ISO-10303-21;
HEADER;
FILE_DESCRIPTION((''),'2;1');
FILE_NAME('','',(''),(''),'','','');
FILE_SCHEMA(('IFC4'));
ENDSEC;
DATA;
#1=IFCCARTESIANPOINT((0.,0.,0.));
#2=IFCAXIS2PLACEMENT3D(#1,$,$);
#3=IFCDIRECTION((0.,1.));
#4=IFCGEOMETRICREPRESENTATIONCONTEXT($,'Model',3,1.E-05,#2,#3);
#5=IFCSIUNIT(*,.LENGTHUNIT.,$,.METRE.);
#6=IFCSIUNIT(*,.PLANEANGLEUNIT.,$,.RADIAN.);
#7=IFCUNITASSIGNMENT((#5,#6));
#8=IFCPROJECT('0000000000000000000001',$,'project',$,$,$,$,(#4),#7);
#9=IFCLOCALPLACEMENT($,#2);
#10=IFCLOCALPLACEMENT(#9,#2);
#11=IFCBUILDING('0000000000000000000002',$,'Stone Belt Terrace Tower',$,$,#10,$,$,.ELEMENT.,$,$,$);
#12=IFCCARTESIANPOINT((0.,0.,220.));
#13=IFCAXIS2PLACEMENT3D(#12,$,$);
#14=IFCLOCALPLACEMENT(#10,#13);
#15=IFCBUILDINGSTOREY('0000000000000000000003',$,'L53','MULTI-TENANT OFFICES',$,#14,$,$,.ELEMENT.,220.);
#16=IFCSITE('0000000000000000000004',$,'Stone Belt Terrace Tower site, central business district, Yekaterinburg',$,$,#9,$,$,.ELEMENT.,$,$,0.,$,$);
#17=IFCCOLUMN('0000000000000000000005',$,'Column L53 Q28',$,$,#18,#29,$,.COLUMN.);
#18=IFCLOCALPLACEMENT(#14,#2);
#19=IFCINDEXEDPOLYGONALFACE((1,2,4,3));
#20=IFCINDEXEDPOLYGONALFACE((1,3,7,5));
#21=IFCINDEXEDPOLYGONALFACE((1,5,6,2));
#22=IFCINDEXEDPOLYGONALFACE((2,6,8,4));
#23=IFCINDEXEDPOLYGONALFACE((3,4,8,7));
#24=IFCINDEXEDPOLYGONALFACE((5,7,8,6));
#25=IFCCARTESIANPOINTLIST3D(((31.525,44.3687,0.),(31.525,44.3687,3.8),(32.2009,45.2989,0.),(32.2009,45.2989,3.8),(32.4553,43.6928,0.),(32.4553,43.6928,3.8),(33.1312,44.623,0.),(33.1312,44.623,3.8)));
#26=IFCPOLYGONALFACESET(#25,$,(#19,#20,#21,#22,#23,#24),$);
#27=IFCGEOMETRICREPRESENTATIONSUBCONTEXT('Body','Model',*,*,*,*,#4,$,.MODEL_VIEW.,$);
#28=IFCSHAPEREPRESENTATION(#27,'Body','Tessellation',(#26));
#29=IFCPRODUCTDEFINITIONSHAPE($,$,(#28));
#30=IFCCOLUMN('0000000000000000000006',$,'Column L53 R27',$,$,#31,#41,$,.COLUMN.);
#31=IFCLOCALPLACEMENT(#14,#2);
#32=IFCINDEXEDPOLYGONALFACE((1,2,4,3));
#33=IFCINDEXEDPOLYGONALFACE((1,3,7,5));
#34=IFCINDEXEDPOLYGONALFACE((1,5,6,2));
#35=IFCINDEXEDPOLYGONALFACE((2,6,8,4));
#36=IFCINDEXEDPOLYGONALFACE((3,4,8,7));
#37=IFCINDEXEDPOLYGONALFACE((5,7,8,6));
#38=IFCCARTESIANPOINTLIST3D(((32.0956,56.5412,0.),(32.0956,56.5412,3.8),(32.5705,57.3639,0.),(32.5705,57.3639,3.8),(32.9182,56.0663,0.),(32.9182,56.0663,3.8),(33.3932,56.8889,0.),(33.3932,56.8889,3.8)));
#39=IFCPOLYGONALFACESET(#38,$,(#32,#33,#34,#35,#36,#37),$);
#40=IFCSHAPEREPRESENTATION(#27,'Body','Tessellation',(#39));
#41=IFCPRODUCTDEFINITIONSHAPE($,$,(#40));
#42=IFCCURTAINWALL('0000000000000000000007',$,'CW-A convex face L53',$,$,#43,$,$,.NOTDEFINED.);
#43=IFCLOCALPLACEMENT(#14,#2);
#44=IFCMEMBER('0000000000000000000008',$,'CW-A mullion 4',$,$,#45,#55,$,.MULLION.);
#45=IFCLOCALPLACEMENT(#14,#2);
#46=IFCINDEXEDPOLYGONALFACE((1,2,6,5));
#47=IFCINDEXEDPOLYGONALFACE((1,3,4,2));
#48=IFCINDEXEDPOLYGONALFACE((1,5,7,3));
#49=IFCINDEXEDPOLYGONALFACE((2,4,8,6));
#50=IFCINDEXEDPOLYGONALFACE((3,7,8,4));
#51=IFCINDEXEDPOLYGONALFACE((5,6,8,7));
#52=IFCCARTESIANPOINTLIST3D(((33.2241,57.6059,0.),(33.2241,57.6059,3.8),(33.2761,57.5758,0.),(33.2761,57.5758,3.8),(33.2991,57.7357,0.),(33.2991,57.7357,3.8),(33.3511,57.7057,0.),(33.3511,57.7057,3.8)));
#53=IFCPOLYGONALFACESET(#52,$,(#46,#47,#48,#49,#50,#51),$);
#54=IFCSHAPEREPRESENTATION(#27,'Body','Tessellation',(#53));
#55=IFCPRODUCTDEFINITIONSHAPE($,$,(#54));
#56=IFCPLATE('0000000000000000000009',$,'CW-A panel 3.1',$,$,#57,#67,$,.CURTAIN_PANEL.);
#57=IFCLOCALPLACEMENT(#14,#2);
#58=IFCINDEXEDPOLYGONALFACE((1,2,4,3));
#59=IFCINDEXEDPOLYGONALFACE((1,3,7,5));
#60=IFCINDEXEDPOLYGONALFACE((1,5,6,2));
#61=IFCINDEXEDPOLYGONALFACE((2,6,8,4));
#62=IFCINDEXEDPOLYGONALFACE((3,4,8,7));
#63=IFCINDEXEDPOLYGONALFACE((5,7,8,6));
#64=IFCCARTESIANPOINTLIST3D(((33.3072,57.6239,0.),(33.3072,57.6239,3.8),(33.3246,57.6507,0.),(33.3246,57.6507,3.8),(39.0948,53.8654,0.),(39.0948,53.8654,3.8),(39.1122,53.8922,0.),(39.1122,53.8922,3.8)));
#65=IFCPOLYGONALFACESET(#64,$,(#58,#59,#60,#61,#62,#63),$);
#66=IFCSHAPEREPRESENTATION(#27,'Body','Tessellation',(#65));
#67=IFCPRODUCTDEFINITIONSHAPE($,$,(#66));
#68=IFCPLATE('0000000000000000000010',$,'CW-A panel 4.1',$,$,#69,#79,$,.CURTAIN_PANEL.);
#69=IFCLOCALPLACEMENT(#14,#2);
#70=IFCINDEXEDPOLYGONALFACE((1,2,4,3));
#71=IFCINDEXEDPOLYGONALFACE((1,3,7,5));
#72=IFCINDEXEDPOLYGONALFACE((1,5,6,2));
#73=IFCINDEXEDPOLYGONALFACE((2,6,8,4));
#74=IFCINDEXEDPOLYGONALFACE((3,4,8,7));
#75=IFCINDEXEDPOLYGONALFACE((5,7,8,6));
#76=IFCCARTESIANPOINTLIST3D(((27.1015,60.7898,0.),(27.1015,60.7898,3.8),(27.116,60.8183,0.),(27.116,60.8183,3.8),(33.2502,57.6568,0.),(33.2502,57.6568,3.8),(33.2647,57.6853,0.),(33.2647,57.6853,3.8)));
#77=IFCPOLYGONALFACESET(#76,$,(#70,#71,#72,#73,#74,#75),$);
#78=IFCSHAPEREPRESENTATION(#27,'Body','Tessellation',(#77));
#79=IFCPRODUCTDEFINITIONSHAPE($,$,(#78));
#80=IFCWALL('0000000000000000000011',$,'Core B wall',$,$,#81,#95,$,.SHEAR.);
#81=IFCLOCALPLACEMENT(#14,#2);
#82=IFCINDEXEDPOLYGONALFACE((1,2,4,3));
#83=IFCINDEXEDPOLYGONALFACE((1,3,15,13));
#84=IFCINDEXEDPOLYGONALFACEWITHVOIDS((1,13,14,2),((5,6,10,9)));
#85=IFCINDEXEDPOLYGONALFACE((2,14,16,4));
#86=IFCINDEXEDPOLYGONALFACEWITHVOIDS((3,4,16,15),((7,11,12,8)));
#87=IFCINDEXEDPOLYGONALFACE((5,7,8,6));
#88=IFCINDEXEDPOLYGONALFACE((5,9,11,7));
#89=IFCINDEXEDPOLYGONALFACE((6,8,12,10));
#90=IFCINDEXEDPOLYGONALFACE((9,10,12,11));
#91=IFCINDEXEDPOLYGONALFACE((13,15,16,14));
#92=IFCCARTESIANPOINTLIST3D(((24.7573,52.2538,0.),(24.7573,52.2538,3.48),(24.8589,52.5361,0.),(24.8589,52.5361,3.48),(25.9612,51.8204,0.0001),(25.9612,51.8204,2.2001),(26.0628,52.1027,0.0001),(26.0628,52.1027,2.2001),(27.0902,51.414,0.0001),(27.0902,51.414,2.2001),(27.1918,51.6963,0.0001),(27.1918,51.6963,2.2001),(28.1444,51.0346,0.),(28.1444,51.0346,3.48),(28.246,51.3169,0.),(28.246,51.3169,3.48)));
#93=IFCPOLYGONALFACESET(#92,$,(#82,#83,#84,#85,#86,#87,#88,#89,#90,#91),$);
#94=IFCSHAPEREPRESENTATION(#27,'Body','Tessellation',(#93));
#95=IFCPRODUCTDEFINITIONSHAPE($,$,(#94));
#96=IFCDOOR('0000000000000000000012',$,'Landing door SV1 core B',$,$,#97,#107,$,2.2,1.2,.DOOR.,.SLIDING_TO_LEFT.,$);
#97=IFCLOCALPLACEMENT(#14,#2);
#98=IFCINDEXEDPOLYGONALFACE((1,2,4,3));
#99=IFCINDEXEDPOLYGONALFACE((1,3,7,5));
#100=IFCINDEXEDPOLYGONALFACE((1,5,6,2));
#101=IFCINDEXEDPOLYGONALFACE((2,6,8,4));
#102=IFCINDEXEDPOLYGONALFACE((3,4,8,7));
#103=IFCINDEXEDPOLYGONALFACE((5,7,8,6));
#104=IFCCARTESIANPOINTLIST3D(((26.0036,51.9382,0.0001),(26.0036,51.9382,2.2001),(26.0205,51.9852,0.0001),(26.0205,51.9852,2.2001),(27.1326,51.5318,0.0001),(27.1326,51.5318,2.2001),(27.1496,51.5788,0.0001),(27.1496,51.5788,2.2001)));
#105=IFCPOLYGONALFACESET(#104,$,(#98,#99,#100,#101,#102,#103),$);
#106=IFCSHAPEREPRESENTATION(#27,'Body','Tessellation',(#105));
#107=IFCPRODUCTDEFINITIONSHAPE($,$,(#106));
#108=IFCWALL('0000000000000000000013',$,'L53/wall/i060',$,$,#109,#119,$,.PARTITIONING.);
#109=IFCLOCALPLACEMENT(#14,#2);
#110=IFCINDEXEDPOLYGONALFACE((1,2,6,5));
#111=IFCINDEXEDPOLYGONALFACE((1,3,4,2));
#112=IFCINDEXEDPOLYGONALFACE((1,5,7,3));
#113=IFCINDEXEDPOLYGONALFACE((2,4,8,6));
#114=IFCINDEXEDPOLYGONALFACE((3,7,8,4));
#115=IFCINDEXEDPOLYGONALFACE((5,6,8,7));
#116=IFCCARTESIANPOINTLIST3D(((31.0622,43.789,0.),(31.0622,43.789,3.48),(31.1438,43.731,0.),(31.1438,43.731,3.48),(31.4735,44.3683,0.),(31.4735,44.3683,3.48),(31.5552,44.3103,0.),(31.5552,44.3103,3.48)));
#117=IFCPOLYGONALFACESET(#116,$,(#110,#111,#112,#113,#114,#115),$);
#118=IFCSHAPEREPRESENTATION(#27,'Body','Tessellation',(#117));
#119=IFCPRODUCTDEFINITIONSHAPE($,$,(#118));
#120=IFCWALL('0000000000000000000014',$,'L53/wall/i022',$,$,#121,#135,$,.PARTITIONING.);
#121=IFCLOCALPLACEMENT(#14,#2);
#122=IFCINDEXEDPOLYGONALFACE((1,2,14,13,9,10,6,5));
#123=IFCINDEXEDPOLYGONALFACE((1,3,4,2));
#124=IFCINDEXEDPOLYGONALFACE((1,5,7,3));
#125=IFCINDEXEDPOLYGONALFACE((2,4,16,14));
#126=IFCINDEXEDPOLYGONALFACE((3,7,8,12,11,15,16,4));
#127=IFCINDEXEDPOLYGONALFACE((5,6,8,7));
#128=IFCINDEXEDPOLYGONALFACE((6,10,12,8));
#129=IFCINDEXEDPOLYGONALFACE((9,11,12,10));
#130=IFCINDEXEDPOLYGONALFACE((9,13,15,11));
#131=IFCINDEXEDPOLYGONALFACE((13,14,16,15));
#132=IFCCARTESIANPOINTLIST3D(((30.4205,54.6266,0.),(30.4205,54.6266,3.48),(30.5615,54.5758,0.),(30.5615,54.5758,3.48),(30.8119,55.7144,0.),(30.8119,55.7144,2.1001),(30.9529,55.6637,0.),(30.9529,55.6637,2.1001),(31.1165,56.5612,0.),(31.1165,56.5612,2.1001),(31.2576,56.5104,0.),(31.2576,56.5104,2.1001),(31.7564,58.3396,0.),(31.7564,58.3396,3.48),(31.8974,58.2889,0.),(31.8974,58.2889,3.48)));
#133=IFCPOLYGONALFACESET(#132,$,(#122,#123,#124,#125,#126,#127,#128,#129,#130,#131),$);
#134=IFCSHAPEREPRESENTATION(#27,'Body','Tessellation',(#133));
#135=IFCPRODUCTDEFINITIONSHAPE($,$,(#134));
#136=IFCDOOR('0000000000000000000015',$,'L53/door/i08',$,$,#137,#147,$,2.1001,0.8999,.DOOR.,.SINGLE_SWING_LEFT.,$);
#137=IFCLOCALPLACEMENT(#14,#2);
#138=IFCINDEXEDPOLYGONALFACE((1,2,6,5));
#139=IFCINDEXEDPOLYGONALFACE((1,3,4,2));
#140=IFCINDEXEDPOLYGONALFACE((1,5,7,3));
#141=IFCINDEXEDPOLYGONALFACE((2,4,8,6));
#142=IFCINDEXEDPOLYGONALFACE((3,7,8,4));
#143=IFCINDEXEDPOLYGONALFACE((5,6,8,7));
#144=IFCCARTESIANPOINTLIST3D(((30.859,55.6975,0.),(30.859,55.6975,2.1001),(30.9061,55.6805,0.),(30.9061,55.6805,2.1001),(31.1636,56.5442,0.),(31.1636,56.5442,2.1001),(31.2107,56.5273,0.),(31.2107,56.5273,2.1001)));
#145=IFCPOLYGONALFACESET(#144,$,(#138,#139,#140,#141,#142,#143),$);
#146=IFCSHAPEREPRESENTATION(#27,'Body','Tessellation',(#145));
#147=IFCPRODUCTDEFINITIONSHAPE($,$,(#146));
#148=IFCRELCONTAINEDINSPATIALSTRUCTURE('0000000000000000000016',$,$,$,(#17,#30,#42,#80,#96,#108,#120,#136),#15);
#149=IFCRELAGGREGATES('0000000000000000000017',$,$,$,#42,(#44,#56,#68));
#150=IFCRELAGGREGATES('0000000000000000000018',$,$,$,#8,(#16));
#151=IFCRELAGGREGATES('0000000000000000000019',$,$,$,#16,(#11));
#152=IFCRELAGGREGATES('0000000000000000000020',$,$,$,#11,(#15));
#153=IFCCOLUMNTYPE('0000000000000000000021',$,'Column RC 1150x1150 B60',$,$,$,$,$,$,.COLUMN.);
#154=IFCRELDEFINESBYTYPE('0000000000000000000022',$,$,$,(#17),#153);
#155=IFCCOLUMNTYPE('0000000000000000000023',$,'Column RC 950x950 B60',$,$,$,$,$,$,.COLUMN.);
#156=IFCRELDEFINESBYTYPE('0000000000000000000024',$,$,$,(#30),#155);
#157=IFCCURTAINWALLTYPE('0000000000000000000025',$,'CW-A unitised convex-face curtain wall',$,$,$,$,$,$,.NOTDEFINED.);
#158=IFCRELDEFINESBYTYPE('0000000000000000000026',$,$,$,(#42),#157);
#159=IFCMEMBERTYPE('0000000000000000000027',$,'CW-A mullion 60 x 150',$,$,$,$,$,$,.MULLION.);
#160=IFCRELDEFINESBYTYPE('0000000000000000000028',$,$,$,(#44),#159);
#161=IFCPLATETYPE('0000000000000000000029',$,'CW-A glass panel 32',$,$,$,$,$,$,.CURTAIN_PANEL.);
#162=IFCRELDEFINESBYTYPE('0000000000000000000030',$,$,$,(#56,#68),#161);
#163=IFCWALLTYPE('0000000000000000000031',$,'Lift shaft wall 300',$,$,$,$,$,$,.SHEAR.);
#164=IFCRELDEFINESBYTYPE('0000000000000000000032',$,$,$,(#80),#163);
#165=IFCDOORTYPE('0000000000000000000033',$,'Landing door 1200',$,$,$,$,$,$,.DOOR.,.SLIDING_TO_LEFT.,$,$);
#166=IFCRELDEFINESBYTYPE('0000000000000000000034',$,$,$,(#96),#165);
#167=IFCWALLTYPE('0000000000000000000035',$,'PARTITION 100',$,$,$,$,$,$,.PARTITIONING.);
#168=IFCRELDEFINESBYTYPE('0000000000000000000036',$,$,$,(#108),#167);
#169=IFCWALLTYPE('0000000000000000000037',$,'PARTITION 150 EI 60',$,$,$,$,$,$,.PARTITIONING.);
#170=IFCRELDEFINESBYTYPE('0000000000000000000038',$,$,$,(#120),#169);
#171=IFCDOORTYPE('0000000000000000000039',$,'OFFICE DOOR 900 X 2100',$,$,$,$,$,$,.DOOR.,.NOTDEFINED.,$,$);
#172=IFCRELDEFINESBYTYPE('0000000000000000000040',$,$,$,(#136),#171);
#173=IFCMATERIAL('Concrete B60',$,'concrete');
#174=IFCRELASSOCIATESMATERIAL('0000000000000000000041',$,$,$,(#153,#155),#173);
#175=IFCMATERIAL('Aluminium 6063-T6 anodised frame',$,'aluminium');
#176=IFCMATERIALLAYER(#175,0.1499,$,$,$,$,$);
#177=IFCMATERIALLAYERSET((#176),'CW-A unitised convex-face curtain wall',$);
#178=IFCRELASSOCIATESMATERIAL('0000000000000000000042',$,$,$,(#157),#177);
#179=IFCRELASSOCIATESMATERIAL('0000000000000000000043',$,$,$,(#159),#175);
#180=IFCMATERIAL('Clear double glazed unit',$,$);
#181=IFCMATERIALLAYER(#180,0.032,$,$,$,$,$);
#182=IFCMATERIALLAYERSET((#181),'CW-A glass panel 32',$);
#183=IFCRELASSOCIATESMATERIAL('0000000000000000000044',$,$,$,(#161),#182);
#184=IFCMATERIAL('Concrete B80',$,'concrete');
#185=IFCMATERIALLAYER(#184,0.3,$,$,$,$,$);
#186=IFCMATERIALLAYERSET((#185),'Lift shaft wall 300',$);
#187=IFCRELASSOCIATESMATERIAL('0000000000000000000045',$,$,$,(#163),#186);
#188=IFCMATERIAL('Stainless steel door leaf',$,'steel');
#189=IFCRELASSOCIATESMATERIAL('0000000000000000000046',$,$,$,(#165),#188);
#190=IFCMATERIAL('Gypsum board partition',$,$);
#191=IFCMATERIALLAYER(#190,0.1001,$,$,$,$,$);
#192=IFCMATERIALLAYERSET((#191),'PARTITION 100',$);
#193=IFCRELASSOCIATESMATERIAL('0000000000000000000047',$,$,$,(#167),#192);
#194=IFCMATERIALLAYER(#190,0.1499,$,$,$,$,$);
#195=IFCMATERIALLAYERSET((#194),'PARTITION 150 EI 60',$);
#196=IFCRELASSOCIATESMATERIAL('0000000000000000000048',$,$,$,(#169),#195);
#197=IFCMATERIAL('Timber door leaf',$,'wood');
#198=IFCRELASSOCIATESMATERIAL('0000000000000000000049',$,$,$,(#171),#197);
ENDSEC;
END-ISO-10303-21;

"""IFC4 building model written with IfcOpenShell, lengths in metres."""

from ifc_helpers import new_model, si_unit, direction, frame, frame_2d, origin, origin_2d, place, context, subcontext, project, spatial, rectangle, extrude, material, layer, layer_set, material_profile, profile_set, type_object, element, fill, aggregate, save


model = new_model("IFC4")

# Units and contexts
model_context = context("Model", 3, precision=1e-05, world=origin(), true_north=direction((0.0, 1.0)))
body_context = subcontext(model_context, "Body", "Model", "MODEL_VIEW")
ifc_project = project(units=[si_unit("LENGTHUNIT", "METRE"), si_unit("PLANEANGLEUNIT", "RADIAN")], contexts=[model_context])

# Site, building, storey
site_placement = place(None, origin())
site = spatial("IfcSite", under=ifc_project, at=site_placement, Name="Stone Belt Terrace Tower site, central business district, Yekaterinburg", CompositionType="ELEMENT", RefElevation=0.0)
building_placement = place(site_placement, origin())
building = spatial("IfcBuilding", under=site, at=building_placement, Name="Stone Belt Terrace Tower", CompositionType="ELEMENT")
storey_placement = place(building_placement, frame((0.0, 0.0, 220.0)))
storey = spatial("IfcBuildingStorey", under=building, at=storey_placement, Name="L53", Description="MULTI-TENANT OFFICES", CompositionType="ELEMENT", Elevation=220.0)

# Columns
ifc_material_1 = material(Name="Concrete B60", Category="concrete")
ifc_material_profile_1 = material_profile(ifc_material_1, rectangle(XDim=1.1499, YDim=1.1499, at=origin_2d()), Name="RC 1150x1150")
ifc_profile_set_1 = profile_set([ifc_material_profile_1], Name="Concrete B60")
column_type_1 = type_object("IfcColumnType", Name="Column RC 1150x1150 B60", PredefinedType="COLUMN", material=ifc_profile_set_1)
column_1_placement = place(storey_placement, frame((32.3281, 44.4958, 0.0), z_axis=(0.0, 0.0, 1.0), x_axis=(0.809017, -0.587785, 0.0)))
element("IfcColumn", 1, at=column_1_placement, inside=storey, type_object=column_type_1, Name="Column L53 Q28", PredefinedType="COLUMN", context=body_context, shape_type="SweptSolid", body=[
    extrude(rectangle(XDim=1.1499, YDim=1.1499, at=origin_2d()), origin(), (0.0, 0.0, 1.0), 3.8),
])
ifc_material_profile_2 = material_profile(ifc_material_1, rectangle(XDim=0.95, YDim=0.95, at=origin_2d()), Name="RC 950x950")
ifc_profile_set_2 = profile_set([ifc_material_profile_2], Name="Concrete B60")
column_type_2 = type_object("IfcColumnType", Name="Column RC 950x950 B60", PredefinedType="COLUMN", material=ifc_profile_set_2)
column_2_placement = place(storey_placement, frame((32.7444, 56.7151, 0.0), z_axis=(0.0, 0.0, 1.0), x_axis=(0.866025, -0.5, 0.0)))
element("IfcColumn", 2, at=column_2_placement, inside=storey, type_object=column_type_2, Name="Column L53 R27", PredefinedType="COLUMN", context=body_context, shape_type="SweptSolid", body=[
    extrude(rectangle(XDim=0.95, YDim=0.95, at=origin_2d()), origin(), (0.0, 0.0, 1.0), 3.8),
])

# Curtain wall, member, plates
ifc_material_2 = material(Name="Aluminium 6063-T6 anodised frame", Category="aluminium")
ifc_layer_1 = layer(ifc_material_2, 0.1499)
ifc_layer_set_1 = layer_set([ifc_layer_1], Name="CW-A unitised convex-face curtain wall")
curtain_wall_type = type_object("IfcCurtainWallType", Name="CW-A unitised convex-face curtain wall", PredefinedType="NOTDEFINED", material=ifc_layer_set_1)
curtain_wall_placement = place(storey_placement, origin())
curtain_wall = element("IfcCurtainWall", 3, at=curtain_wall_placement, inside=storey, type_object=curtain_wall_type, Name="CW-A convex face L53", PredefinedType="NOTDEFINED")
ifc_material_profile_3 = material_profile(ifc_material_2, rectangle(XDim=0.1499, YDim=0.0601, at=origin_2d()), Name="Aluminium 6063-T6 60x150")
ifc_profile_set_3 = profile_set([ifc_material_profile_3], Name="Aluminium 6063-T6 anodised frame")
member_type = type_object("IfcMemberType", Name="CW-A mullion 60 x 150", PredefinedType="MULLION", material=ifc_profile_set_3)
member_placement = place(storey_placement, frame((33.2876, 57.6558, 0.0), z_axis=(0.0, 0.0, 1.0), x_axis=(-0.5, -0.866025, 0.0)))
member = element("IfcMember", 4, at=member_placement, type_object=member_type, Name="CW-A mullion 4", PredefinedType="MULLION", context=body_context, shape_type="SweptSolid", body=[
    extrude(rectangle(XDim=0.1499, YDim=0.0601, at=origin_2d()), origin(), (0.0, 0.0, 1.0), 3.8),
])
ifc_material_3 = material(Name="Clear double glazed unit")
ifc_layer_2 = layer(ifc_material_3, 0.032)
ifc_layer_set_2 = layer_set([ifc_layer_2], Name="CW-A glass panel 32")
plate_type = type_object("IfcPlateType", Name="CW-A glass panel 32", PredefinedType="CURTAIN_PANEL", material=ifc_layer_set_2)
plate_1_placement = place(storey_placement, frame((36.2097, 55.7581, 0.0), z_axis=(0.0, 0.0, 1.0), x_axis=(-0.838671, 0.544639, 0.0)))
plate_1 = element("IfcPlate", 5, at=plate_1_placement, type_object=plate_type, Name="CW-A panel 3.1", PredefinedType="CURTAIN_PANEL", context=body_context, shape_type="SweptSolid", body=[
    extrude(rectangle(XDim=6.9009, YDim=0.032, at=origin_2d()), origin(), (0.0, 0.0, 1.0), 3.8),
])
plate_2_placement = place(storey_placement, frame((30.1831, 59.2375, 0.0), z_axis=(0.0, 0.0, 1.0), x_axis=(-0.891007, 0.45399, 0.0)))
plate_2 = element("IfcPlate", 6, at=plate_2_placement, type_object=plate_type, Name="CW-A panel 4.1", PredefinedType="CURTAIN_PANEL", context=body_context, shape_type="SweptSolid", body=[
    extrude(rectangle(XDim=6.9009, YDim=0.032, at=origin_2d()), origin(), (0.0, 0.0, 1.0), 3.8),
])
aggregate(curtain_wall, [member, plate_1, plate_2])

# Wall, opening, door
ifc_material_4 = material(Name="Concrete B80", Category="concrete")
ifc_layer_3 = layer(ifc_material_4, 0.3)
ifc_layer_set_3 = layer_set([ifc_layer_3], Name="Lift shaft wall 300")
wall_type_1 = type_object("IfcWallType", Name="Lift shaft wall 300", PredefinedType="SHEAR", material=ifc_layer_set_3)
wall_1_placement = place(storey_placement, frame((28.1951, 51.1758, 0.0), z_axis=(0.0, 0.0, 1.0), x_axis=(-0.940901, 0.338681, 0.0)))
wall_1 = element("IfcWall", 7, at=wall_1_placement, inside=storey, type_object=wall_type_1, Name="Core B wall", PredefinedType="SHEAR", context=body_context, shape_type="SweptSolid", body=[
    extrude(rectangle(XDim=3.5999, YDim=0.3, at=frame_2d((1.7998, 0.0))), origin(), (0.0, 0.0, 1.0), 3.48),
])
opening_1_placement = place(wall_1_placement, frame((1.1201, 0.0, 0.0)))
opening_1 = element("IfcOpeningElement", 8, at=opening_1_placement, cuts=wall_1, PredefinedType="OPENING", context=body_context, shape_type="SweptSolid", body=[
    extrude(rectangle(XDim=1.2, YDim=2.2, at=frame_2d((0.6001, 1.1001))), frame((0.0, 0.1599, 0.0), z_axis=(0.0, -1.0, 0.0), x_axis=(1.0, 0.0, 0.0)), (0.0, 0.0, 1.0), 0.3201),
])
ifc_material_5 = material(Name="Stainless steel door leaf", Category="steel")
door_type_1 = type_object("IfcDoorType", Name="Landing door 1200", OperationType="SLIDING_TO_LEFT", PredefinedType="DOOR", material=ifc_material_5)
door_1_placement = place(opening_1_placement, origin())
door_1 = element("IfcDoor", 9, at=door_1_placement, inside=storey, type_object=door_type_1, Name="Landing door SV1 core B", OperationType="SLIDING_TO_LEFT", OverallHeight=2.2, OverallWidth=1.2, PredefinedType="DOOR", context=body_context, shape_type="SweptSolid", body=[
    extrude(rectangle(XDim=1.2, YDim=2.2, at=frame_2d((0.6001, 1.1001))), frame((0.0, 0.0249, 0.0), z_axis=(0.0, -1.0, 0.0), x_axis=(1.0, 0.0, 0.0)), (0.0, 0.0, 1.0), 0.05),
])
fill(opening_1, door_1)

# Wall
ifc_material_6 = material(Name="Gypsum board partition")
ifc_layer_4 = layer(ifc_material_6, 0.1001)
ifc_layer_set_4 = layer_set([ifc_layer_4], Name="PARTITION 100")
wall_type_2 = type_object("IfcWallType", Name="PARTITION 100", PredefinedType="PARTITIONING", material=ifc_layer_set_4)
wall_2_placement = place(storey_placement, frame((31.103, 43.76, 0.0), z_axis=(0.0, 0.0, 1.0), x_axis=(0.578961, 0.815355, 0.0)))
element("IfcWall", 10, at=wall_2_placement, inside=storey, type_object=wall_type_2, Name="L53/wall/i060", PredefinedType="PARTITIONING", context=body_context, shape_type="SweptSolid", body=[
    extrude(rectangle(XDim=0.7104, YDim=0.1001, at=frame_2d((0.3552, 0.0))), origin(), (0.0, 0.0, 1.0), 3.48),
])

# Wall, opening, door
ifc_layer_5 = layer(ifc_material_6, 0.1499)
ifc_layer_set_5 = layer_set([ifc_layer_5], Name="PARTITION 150 EI 60")
wall_type_3 = type_object("IfcWallType", Name="PARTITION 150 EI 60", PredefinedType="PARTITIONING", material=ifc_layer_set_5)
wall_3_placement = place(storey_placement, frame((30.491, 54.6011, 0.0), z_axis=(0.0, 0.0, 1.0), x_axis=(0.338542, 0.940951, 0.0)))
wall_3 = element("IfcWall", 11, at=wall_3_placement, inside=storey, type_object=wall_type_3, Name="L53/wall/i022", PredefinedType="PARTITIONING", context=body_context, shape_type="SweptSolid", body=[
    extrude(rectangle(XDim=3.946, YDim=0.1499, at=frame_2d((1.9731, 0.0))), origin(), (0.0, 0.0, 1.0), 3.48),
])
opening_2_placement = place(wall_3_placement, frame((1.1562, 0.0, 0.0)))
opening_2 = element("IfcOpeningElement", 12, at=opening_2_placement, cuts=wall_3, PredefinedType="OPENING", context=body_context, shape_type="SweptSolid", body=[
    extrude(rectangle(XDim=0.8999, YDim=2.1001, at=frame_2d((0.45, 1.05))), frame((0.0, 0.085, 0.0), z_axis=(0.0, -1.0, 0.0), x_axis=(1.0, 0.0, 0.0)), (0.0, 0.0, 1.0), 0.1699),
])
ifc_material_7 = material(Name="Timber door leaf", Category="wood")
door_type_2 = type_object("IfcDoorType", Name="OFFICE DOOR 900 X 2100", OperationType="NOTDEFINED", PredefinedType="DOOR", material=ifc_material_7)
door_2_placement = place(opening_2_placement, origin())
door_2 = element("IfcDoor", 13, at=door_2_placement, inside=storey, type_object=door_type_2, Name="L53/door/i08", OperationType="SINGLE_SWING_LEFT", OverallHeight=2.1001, OverallWidth=0.8999, PredefinedType="DOOR", context=body_context, shape_type="SweptSolid", body=[
    extrude(rectangle(XDim=0.8999, YDim=2.1001, at=frame_2d((0.45, 1.05))), frame((0.0, 0.0249, 0.0), z_axis=(0.0, -1.0, 0.0), x_axis=(1.0, 0.0, 0.0)), (0.0, 0.0, 1.0), 0.05),
])
fill(opening_2, door_2)

save(model, "model.ifc")
